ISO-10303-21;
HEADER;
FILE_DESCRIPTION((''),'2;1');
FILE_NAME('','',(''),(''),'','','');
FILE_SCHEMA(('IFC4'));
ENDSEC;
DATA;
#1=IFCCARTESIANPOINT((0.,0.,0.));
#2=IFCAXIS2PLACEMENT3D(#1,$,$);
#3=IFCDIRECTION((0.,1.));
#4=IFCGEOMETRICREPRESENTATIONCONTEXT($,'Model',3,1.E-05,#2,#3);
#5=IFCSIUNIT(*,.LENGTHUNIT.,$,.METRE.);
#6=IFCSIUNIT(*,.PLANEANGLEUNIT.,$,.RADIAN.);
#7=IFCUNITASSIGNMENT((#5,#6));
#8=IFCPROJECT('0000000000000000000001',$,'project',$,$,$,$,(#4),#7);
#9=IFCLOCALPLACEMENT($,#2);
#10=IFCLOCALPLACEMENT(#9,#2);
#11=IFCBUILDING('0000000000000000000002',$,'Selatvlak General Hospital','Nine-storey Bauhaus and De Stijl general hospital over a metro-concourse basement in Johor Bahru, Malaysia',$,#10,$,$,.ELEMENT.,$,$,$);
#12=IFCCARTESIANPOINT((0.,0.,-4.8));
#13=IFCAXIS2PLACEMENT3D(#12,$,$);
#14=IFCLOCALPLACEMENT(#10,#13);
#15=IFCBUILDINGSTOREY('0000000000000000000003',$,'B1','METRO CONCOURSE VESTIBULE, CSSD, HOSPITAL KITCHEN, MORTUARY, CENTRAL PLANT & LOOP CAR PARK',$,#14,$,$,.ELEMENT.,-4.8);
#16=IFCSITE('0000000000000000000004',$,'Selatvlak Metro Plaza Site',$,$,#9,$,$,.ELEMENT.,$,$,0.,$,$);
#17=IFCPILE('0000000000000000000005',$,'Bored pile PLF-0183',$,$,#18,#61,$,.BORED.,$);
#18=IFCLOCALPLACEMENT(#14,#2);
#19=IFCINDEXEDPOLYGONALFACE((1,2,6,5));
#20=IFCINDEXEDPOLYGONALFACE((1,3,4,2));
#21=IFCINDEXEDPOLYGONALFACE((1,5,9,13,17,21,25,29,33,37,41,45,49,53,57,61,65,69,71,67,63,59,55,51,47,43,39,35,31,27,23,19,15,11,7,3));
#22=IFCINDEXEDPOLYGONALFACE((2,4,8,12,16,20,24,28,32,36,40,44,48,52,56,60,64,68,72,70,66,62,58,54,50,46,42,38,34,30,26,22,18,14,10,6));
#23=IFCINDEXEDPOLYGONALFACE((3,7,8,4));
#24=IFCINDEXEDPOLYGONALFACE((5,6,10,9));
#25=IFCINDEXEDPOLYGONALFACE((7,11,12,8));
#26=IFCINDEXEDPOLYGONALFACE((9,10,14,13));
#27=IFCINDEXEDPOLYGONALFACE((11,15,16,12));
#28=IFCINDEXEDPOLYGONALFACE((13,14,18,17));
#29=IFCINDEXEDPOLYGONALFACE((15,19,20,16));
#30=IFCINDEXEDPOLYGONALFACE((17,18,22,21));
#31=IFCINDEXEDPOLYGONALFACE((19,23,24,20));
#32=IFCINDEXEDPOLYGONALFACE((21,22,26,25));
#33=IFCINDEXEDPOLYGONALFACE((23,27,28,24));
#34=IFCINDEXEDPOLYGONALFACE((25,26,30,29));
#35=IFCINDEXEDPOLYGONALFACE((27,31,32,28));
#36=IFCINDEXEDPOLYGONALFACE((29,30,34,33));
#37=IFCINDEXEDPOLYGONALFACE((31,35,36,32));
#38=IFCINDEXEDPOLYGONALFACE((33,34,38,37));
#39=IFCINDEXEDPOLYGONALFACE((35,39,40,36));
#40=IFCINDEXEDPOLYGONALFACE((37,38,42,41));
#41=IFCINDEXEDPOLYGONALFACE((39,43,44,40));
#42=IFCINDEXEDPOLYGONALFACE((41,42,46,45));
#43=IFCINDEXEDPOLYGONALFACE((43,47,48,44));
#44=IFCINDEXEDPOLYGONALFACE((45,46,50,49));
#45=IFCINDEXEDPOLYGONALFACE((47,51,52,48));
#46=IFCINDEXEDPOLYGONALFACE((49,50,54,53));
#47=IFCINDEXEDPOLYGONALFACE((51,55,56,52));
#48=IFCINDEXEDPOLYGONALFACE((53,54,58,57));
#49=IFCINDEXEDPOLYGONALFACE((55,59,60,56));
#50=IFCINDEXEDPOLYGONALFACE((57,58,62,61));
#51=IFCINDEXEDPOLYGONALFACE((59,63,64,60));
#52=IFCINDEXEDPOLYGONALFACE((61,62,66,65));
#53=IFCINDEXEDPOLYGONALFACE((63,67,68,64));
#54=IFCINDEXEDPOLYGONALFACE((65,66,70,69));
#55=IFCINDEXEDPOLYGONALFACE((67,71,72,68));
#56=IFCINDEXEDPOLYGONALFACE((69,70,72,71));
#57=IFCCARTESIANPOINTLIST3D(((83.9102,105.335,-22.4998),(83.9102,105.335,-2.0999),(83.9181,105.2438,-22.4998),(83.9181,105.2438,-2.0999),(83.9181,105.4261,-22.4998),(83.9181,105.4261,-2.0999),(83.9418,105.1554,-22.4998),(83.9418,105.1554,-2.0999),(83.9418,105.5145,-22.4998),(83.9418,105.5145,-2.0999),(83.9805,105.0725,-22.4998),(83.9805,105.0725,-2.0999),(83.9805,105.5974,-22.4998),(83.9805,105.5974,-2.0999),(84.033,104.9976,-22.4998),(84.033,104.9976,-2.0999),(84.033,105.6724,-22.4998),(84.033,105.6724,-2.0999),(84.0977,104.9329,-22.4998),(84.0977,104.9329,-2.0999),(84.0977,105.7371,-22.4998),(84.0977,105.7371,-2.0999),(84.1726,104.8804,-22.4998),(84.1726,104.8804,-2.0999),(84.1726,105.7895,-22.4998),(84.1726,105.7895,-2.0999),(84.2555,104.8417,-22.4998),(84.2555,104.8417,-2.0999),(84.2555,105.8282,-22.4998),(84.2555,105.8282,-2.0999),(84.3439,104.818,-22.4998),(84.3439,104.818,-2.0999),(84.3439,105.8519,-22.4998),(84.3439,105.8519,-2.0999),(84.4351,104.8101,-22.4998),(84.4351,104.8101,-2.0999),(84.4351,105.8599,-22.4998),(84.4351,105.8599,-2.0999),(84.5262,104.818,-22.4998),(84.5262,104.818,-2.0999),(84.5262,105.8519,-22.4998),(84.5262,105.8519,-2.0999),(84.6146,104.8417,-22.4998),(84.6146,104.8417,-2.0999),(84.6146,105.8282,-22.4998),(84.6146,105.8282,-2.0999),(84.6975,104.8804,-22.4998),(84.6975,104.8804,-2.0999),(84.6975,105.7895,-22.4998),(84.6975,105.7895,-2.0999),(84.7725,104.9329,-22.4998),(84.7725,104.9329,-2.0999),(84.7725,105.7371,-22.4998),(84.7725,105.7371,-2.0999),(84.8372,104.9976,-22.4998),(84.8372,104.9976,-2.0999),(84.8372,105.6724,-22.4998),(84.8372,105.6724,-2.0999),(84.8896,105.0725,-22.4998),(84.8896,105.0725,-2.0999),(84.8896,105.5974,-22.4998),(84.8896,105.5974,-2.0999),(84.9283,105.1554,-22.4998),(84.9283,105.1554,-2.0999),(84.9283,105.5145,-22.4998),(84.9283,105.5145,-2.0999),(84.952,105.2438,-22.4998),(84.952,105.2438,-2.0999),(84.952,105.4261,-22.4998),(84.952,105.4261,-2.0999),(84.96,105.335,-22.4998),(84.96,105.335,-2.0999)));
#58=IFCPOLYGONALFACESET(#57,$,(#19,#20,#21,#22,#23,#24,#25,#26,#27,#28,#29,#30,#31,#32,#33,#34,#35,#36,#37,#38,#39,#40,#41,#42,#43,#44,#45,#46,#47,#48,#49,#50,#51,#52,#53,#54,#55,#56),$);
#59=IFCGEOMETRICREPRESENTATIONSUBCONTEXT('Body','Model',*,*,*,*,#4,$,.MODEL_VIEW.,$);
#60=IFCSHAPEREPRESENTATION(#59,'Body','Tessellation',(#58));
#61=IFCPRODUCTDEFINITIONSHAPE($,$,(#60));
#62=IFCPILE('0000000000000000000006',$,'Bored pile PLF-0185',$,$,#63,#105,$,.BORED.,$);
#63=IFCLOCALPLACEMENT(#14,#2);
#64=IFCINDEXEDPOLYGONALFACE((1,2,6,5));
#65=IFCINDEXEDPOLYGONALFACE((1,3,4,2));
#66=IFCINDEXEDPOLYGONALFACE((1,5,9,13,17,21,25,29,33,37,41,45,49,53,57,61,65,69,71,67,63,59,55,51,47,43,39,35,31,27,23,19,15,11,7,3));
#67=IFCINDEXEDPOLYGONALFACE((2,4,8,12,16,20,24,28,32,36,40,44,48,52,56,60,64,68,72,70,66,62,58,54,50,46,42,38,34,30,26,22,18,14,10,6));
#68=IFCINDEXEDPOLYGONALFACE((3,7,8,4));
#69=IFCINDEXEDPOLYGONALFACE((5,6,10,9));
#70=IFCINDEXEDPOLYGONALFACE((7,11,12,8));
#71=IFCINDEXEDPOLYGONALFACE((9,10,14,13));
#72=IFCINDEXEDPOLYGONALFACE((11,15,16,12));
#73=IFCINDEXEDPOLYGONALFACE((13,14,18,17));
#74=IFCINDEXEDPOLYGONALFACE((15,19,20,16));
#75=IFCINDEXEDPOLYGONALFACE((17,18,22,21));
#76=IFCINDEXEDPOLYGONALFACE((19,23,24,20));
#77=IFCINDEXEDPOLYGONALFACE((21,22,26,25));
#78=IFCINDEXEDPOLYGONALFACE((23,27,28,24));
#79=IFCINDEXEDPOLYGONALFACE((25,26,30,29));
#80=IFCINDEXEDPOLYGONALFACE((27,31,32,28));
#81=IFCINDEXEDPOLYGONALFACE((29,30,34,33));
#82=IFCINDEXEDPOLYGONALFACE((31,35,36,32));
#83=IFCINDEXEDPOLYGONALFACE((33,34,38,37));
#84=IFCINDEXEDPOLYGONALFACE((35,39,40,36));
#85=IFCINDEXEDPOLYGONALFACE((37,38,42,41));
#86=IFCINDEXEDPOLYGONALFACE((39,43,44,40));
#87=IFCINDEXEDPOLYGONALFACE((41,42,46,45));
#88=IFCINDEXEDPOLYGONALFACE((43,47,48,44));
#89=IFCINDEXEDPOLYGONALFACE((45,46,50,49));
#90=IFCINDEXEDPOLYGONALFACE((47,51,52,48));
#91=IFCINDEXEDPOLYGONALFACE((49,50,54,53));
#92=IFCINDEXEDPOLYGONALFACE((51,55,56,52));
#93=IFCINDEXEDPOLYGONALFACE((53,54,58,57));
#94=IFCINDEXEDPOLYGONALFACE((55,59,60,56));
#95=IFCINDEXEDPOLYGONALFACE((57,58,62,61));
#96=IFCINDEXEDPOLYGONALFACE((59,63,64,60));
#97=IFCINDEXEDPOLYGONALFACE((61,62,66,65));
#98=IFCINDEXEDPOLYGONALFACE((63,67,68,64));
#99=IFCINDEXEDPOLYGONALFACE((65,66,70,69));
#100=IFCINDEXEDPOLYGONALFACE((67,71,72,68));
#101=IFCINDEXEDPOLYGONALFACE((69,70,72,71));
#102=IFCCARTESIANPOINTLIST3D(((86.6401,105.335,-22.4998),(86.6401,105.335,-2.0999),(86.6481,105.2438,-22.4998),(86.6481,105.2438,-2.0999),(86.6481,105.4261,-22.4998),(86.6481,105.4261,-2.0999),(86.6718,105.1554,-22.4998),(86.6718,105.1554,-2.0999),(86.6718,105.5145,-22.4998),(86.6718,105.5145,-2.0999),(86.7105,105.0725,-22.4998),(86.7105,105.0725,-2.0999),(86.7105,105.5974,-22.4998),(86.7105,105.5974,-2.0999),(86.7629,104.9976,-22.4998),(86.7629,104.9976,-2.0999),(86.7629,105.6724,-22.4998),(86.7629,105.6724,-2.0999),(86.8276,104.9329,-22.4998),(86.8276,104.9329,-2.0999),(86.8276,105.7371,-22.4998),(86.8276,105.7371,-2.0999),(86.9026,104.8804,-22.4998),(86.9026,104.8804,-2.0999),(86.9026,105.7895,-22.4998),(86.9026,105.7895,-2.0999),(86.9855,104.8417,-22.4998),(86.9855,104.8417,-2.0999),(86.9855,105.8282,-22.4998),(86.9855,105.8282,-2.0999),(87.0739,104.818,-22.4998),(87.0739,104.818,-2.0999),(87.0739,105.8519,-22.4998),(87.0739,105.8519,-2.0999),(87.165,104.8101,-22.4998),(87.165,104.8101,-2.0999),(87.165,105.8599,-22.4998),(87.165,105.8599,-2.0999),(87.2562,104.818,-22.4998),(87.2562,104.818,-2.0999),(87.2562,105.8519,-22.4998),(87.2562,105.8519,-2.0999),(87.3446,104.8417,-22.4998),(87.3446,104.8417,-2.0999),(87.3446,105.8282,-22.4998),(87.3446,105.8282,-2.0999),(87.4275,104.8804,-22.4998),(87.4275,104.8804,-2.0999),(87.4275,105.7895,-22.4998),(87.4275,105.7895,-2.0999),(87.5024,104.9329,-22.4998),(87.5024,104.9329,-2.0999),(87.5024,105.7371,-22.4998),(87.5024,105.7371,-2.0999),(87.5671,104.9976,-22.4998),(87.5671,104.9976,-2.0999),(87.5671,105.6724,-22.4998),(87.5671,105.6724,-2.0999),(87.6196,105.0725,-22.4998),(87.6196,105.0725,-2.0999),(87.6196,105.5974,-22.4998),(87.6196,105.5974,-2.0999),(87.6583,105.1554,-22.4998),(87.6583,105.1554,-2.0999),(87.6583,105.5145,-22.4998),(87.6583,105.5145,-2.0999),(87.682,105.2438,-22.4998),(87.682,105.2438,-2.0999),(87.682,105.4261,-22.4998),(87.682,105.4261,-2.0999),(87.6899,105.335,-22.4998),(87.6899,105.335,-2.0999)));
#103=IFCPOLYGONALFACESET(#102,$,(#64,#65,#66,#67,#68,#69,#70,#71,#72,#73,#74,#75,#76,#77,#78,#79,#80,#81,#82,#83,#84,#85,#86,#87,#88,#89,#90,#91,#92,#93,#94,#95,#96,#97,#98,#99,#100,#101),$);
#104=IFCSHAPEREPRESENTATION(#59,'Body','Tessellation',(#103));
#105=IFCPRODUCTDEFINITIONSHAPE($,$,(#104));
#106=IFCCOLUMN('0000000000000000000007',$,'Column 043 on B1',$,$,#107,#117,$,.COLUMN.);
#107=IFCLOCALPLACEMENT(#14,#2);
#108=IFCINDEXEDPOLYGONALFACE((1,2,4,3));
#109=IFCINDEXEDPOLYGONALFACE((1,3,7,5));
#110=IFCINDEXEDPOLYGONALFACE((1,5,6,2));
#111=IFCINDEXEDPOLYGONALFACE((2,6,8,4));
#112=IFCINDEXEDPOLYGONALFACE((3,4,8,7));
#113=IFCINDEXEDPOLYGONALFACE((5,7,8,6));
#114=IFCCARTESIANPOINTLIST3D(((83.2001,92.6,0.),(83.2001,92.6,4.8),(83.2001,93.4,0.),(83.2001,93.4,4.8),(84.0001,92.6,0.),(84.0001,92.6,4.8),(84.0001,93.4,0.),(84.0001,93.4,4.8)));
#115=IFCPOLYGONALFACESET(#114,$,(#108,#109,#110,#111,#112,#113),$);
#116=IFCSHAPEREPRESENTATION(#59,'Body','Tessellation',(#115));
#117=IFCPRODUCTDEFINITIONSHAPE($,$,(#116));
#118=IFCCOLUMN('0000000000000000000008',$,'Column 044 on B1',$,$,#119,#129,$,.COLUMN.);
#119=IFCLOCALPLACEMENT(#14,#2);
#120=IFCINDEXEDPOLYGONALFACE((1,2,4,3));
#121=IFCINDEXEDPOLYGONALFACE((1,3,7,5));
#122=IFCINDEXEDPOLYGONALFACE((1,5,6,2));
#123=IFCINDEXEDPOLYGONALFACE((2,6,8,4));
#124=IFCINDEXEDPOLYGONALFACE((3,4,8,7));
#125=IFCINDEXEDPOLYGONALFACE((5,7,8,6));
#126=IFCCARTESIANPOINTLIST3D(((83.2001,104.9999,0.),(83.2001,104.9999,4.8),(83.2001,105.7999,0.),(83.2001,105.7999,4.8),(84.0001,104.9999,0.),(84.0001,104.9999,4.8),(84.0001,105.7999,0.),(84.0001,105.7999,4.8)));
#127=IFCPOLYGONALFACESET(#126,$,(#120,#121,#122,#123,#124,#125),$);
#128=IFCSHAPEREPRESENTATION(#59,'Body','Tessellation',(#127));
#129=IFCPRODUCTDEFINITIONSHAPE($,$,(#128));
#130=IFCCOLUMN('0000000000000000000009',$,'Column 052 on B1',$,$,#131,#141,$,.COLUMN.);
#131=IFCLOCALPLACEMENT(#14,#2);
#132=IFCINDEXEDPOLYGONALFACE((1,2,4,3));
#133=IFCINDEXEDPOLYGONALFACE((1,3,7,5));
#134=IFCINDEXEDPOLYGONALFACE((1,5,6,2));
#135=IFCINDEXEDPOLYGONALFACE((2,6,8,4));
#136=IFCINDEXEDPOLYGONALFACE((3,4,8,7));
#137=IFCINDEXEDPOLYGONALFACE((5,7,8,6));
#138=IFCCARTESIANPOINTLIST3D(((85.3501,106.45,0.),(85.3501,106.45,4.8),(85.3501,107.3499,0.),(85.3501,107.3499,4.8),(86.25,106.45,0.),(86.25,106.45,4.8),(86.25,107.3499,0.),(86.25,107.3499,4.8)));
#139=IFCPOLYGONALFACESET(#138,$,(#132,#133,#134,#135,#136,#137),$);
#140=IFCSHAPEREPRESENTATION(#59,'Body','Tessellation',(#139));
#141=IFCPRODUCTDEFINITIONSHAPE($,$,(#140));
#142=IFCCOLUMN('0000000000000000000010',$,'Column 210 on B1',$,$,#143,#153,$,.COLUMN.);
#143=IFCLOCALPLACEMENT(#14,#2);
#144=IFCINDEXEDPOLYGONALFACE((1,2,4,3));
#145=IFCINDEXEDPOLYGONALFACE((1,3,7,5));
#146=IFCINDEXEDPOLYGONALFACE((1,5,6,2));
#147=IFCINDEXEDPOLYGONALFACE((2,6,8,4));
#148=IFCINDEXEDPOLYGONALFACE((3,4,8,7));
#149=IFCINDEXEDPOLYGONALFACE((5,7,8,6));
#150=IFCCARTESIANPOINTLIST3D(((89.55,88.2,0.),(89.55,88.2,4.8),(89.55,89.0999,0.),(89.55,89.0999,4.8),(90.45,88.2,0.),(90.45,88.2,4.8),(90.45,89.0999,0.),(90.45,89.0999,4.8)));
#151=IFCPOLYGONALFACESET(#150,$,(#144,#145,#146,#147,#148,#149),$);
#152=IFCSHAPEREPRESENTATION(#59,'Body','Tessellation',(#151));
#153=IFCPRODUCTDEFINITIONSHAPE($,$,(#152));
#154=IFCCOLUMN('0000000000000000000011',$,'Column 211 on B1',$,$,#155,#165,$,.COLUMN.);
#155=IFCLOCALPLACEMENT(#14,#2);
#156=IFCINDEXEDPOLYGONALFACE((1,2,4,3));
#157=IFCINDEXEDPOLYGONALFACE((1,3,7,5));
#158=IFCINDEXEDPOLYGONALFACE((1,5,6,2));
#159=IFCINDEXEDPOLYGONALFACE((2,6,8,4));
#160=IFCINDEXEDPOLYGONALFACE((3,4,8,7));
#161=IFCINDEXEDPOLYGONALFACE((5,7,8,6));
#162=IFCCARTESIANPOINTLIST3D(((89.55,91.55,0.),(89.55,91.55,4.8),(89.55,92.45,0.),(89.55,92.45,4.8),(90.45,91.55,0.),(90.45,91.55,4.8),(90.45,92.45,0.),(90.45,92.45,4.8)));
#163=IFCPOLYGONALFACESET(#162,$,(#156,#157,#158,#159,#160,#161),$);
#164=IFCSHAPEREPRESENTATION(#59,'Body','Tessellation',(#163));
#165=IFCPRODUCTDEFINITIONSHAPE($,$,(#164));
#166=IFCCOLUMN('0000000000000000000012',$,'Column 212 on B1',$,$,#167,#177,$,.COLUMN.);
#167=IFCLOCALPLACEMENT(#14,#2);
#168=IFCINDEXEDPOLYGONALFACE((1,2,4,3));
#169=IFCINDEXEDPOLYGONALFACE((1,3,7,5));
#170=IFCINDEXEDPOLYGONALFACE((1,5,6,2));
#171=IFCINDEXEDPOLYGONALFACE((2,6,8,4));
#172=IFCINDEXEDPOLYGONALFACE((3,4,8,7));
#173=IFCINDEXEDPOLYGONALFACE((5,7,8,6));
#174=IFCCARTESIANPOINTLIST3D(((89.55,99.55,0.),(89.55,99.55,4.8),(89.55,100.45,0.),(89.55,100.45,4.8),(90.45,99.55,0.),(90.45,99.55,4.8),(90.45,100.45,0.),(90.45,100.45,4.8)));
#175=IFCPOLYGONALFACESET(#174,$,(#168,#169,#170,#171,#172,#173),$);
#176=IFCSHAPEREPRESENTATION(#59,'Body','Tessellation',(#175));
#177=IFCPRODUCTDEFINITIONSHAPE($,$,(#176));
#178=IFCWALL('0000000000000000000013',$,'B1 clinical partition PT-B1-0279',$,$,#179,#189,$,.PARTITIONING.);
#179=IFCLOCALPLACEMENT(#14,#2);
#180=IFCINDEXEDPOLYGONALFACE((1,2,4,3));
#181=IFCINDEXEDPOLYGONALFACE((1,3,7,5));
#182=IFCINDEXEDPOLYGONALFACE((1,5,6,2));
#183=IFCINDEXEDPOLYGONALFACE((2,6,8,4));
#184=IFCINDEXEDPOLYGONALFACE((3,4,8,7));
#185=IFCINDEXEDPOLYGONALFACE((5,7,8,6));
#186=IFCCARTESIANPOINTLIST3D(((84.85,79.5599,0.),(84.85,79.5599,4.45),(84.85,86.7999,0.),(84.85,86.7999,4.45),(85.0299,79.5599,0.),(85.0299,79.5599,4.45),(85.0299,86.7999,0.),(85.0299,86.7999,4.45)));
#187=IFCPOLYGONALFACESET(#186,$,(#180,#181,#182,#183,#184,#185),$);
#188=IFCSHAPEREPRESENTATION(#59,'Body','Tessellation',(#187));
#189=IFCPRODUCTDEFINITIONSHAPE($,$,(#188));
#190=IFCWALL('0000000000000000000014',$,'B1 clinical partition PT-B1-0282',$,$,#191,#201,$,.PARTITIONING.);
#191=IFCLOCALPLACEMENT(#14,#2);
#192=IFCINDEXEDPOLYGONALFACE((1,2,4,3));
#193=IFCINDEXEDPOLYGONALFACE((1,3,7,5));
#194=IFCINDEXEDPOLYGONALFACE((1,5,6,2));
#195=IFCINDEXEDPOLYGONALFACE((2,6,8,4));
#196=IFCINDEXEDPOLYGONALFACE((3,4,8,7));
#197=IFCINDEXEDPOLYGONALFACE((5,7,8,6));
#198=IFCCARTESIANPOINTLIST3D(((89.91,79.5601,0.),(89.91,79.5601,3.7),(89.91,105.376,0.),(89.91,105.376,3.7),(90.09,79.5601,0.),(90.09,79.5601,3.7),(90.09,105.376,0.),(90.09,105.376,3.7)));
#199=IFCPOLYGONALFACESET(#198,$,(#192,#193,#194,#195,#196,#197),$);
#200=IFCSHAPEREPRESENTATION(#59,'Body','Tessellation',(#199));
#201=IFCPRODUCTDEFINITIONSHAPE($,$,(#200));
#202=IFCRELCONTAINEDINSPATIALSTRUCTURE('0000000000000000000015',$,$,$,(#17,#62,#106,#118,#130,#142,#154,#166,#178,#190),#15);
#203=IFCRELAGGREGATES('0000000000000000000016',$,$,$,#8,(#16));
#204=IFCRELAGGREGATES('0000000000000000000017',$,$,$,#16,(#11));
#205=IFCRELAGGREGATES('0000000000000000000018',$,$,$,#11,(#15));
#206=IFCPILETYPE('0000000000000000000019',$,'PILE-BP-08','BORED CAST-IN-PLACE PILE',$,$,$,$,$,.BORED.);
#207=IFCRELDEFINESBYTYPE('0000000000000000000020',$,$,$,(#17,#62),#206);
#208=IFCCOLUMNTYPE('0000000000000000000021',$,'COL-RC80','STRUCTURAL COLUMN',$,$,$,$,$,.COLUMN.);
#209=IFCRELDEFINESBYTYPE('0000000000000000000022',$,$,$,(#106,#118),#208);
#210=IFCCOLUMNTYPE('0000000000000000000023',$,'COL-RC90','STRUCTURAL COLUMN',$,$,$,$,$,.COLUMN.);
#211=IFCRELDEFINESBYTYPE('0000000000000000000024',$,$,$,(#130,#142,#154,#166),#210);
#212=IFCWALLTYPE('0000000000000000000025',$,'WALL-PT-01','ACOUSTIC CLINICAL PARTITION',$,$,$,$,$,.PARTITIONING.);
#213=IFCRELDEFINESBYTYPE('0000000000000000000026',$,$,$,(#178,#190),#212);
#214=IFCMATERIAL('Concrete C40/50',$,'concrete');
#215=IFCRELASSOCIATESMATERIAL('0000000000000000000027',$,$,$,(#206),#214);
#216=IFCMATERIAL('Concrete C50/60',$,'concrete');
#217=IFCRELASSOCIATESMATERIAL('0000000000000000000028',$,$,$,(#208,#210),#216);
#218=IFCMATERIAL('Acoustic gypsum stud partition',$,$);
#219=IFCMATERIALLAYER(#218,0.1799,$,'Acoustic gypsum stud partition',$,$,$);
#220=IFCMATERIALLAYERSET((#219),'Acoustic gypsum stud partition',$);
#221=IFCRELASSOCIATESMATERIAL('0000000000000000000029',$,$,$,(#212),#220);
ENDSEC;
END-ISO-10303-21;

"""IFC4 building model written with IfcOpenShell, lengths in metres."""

from ifc_helpers import new_model, si_unit, direction, frame, frame_2d, origin, origin_2d, place, context, subcontext, project, spatial, rectangle, circle, extrude, material, layer, layer_set, material_profile, profile_set, type_object, element, save


model = new_model("IFC4")

# Units and contexts
model_context = context("Model", 3, precision=1e-05, world=origin(), true_north=direction((0.0, 1.0)))
body_context = subcontext(model_context, "Body", "Model", "MODEL_VIEW")
ifc_project = project(units=[si_unit("LENGTHUNIT", "METRE"), si_unit("PLANEANGLEUNIT", "RADIAN")], contexts=[model_context])

# Site, building, storey
site_placement = place(None, origin())
site = spatial("IfcSite", under=ifc_project, at=site_placement, Name="Selatvlak Metro Plaza Site", CompositionType="ELEMENT", RefElevation=0.0)
building_placement = place(site_placement, origin())
building = spatial("IfcBuilding", under=site, at=building_placement, Name="Selatvlak General Hospital", Description="Nine-storey Bauhaus and De Stijl general hospital over a metro-concourse basement in Johor Bahru, Malaysia", CompositionType="ELEMENT")
storey_placement = place(building_placement, frame((0.0, 0.0, -4.8)))
storey = spatial("IfcBuildingStorey", under=building, at=storey_placement, Name="B1", Description="METRO CONCOURSE VESTIBULE, CSSD, HOSPITAL KITCHEN, MORTUARY, CENTRAL PLANT & LOOP CAR PARK", CompositionType="ELEMENT", Elevation=-4.8)

# Shared definitions
ifc_material_1 = material(Name="Concrete C40/50", Category="concrete")

# Piles
ifc_material_profile_1 = material_profile(ifc_material_1, circle(Radius=0.5249, at=origin_2d()), Name="BORED PILE 1050")
ifc_profile_set_1 = profile_set([ifc_material_profile_1], Name="Concrete C40/50")
pile_type_1 = type_object("IfcPileType", Name="PILE-BP-08", Description="BORED CAST-IN-PLACE PILE", PredefinedType="BORED", material=ifc_profile_set_1)
for number, where, z_axis, x_axis, name in (
    (1, (84.4351, 105.335, -2.0999), (0.0, 0.0, -1.0), (1.0, 0.0, 0.0), "Bored pile PLF-0183"),
    (2, (87.165, 105.335, -2.0999), (0.0, 0.0, -1.0), (1.0, 0.0, 0.0), "Bored pile PLF-0185"),
):
    element("IfcPile", number, at=place(storey_placement, frame(where, z_axis=z_axis, x_axis=x_axis)), inside=storey, type_object=pile_type_1, Name=name, PredefinedType="BORED", context=body_context, shape_type="SweptSolid", body=[
        extrude(circle(Radius=0.5249, at=origin_2d()), origin(), (0.0, 0.0, 1.0), 20.3999),
    ])

# Columns
ifc_material_2 = material(Name="Concrete C50/60", Category="concrete")
ifc_material_profile_2 = material_profile(ifc_material_2, rectangle(XDim=0.8, YDim=0.8, at=origin_2d()), Name="RC-COL 800x800")
ifc_profile_set_2 = profile_set([ifc_material_profile_2], Name="Concrete C50/60")
column_type_1 = type_object("IfcColumnType", Name="COL-RC80", Description="STRUCTURAL COLUMN", PredefinedType="COLUMN", material=ifc_profile_set_2)
for number, where, z_axis, x_axis, name in (
    (3, (83.6001, 93.0, 0.0), (0.0, 0.0, 1.0), (1.0, 0.0, 0.0), "Column 043 on B1"),
    (4, (83.6001, 105.3999, 0.0), (0.0, 0.0, 1.0), (1.0, 0.0, 0.0), "Column 044 on B1"),
):
    element("IfcColumn", number, at=place(storey_placement, frame(where, z_axis=z_axis, x_axis=x_axis)), inside=storey, type_object=column_type_1, Name=name, PredefinedType="COLUMN", context=body_context, shape_type="SweptSolid", body=[
        extrude(rectangle(XDim=0.8, YDim=0.8, at=origin_2d()), origin(), (0.0, 0.0, 1.0), 4.8),
    ])
ifc_material_profile_3 = material_profile(ifc_material_2, rectangle(XDim=0.8999, YDim=0.8999, at=origin_2d()), Name="RC-COL 900x900")
ifc_profile_set_3 = profile_set([ifc_material_profile_3], Name="Concrete C50/60")
column_type_2 = type_object("IfcColumnType", Name="COL-RC90", Description="STRUCTURAL COLUMN", PredefinedType="COLUMN", material=ifc_profile_set_3)
for number, where, z_axis, x_axis, name in (
    (5, (85.8, 106.8999, 0.0), (0.0, 0.0, 1.0), (1.0, 0.0, 0.0), "Column 052 on B1"),
    (6, (90.0, 88.6499, 0.0), (0.0, 0.0, 1.0), (1.0, 0.0, 0.0), "Column 210 on B1"),
    (7, (90.0, 92.0, 0.0), (0.0, 0.0, 1.0), (1.0, 0.0, 0.0), "Column 211 on B1"),
    (8, (90.0, 100.0, 0.0), (0.0, 0.0, 1.0), (1.0, 0.0, 0.0), "Column 212 on B1"),
):
    element("IfcColumn", number, at=place(storey_placement, frame(where, z_axis=z_axis, x_axis=x_axis)), inside=storey, type_object=column_type_2, Name=name, PredefinedType="COLUMN", context=body_context, shape_type="SweptSolid", body=[
        extrude(rectangle(XDim=0.8999, YDim=0.8999, at=origin_2d()), origin(), (0.0, 0.0, 1.0), 4.8),
    ])

# Walls
ifc_material_3 = material(Name="Acoustic gypsum stud partition")
ifc_layer_1 = layer(ifc_material_3, 0.1799, Name="Acoustic gypsum stud partition")
ifc_layer_set_1 = layer_set([ifc_layer_1], Name="Acoustic gypsum stud partition")
wall_type_1 = type_object("IfcWallType", Name="WALL-PT-01", Description="ACOUSTIC CLINICAL PARTITION", PredefinedType="PARTITIONING", material=ifc_layer_set_1)
wall_1_placement = place(storey_placement, frame((84.9399, 86.8, 0.0), z_axis=(0.0, 0.0, 1.0), x_axis=(0.0, -1.0, 0.0)))
element("IfcWall", 9, at=wall_1_placement, inside=storey, type_object=wall_type_1, Name="B1 clinical partition PT-B1-0279", PredefinedType="PARTITIONING", context=body_context, shape_type="SweptSolid", body=[
    extrude(rectangle(XDim=7.24, YDim=0.1799, at=frame_2d((3.6201, 0.0))), origin(), (0.0, 0.0, 1.0), 4.45),
])
wall_2_placement = place(storey_placement, frame((90.0, 105.376, 0.0), z_axis=(0.0, 0.0, 1.0), x_axis=(0.0, -1.0, 0.0)))
element("IfcWall", 10, at=wall_2_placement, inside=storey, type_object=wall_type_1, Name="B1 clinical partition PT-B1-0282", PredefinedType="PARTITIONING", context=body_context, shape_type="SweptSolid", body=[
    extrude(rectangle(XDim=25.8159, YDim=0.1799, at=frame_2d((12.908, 0.0))), origin(), (0.0, 0.0, 1.0), 3.7),
])

save(model, "model.ifc")
